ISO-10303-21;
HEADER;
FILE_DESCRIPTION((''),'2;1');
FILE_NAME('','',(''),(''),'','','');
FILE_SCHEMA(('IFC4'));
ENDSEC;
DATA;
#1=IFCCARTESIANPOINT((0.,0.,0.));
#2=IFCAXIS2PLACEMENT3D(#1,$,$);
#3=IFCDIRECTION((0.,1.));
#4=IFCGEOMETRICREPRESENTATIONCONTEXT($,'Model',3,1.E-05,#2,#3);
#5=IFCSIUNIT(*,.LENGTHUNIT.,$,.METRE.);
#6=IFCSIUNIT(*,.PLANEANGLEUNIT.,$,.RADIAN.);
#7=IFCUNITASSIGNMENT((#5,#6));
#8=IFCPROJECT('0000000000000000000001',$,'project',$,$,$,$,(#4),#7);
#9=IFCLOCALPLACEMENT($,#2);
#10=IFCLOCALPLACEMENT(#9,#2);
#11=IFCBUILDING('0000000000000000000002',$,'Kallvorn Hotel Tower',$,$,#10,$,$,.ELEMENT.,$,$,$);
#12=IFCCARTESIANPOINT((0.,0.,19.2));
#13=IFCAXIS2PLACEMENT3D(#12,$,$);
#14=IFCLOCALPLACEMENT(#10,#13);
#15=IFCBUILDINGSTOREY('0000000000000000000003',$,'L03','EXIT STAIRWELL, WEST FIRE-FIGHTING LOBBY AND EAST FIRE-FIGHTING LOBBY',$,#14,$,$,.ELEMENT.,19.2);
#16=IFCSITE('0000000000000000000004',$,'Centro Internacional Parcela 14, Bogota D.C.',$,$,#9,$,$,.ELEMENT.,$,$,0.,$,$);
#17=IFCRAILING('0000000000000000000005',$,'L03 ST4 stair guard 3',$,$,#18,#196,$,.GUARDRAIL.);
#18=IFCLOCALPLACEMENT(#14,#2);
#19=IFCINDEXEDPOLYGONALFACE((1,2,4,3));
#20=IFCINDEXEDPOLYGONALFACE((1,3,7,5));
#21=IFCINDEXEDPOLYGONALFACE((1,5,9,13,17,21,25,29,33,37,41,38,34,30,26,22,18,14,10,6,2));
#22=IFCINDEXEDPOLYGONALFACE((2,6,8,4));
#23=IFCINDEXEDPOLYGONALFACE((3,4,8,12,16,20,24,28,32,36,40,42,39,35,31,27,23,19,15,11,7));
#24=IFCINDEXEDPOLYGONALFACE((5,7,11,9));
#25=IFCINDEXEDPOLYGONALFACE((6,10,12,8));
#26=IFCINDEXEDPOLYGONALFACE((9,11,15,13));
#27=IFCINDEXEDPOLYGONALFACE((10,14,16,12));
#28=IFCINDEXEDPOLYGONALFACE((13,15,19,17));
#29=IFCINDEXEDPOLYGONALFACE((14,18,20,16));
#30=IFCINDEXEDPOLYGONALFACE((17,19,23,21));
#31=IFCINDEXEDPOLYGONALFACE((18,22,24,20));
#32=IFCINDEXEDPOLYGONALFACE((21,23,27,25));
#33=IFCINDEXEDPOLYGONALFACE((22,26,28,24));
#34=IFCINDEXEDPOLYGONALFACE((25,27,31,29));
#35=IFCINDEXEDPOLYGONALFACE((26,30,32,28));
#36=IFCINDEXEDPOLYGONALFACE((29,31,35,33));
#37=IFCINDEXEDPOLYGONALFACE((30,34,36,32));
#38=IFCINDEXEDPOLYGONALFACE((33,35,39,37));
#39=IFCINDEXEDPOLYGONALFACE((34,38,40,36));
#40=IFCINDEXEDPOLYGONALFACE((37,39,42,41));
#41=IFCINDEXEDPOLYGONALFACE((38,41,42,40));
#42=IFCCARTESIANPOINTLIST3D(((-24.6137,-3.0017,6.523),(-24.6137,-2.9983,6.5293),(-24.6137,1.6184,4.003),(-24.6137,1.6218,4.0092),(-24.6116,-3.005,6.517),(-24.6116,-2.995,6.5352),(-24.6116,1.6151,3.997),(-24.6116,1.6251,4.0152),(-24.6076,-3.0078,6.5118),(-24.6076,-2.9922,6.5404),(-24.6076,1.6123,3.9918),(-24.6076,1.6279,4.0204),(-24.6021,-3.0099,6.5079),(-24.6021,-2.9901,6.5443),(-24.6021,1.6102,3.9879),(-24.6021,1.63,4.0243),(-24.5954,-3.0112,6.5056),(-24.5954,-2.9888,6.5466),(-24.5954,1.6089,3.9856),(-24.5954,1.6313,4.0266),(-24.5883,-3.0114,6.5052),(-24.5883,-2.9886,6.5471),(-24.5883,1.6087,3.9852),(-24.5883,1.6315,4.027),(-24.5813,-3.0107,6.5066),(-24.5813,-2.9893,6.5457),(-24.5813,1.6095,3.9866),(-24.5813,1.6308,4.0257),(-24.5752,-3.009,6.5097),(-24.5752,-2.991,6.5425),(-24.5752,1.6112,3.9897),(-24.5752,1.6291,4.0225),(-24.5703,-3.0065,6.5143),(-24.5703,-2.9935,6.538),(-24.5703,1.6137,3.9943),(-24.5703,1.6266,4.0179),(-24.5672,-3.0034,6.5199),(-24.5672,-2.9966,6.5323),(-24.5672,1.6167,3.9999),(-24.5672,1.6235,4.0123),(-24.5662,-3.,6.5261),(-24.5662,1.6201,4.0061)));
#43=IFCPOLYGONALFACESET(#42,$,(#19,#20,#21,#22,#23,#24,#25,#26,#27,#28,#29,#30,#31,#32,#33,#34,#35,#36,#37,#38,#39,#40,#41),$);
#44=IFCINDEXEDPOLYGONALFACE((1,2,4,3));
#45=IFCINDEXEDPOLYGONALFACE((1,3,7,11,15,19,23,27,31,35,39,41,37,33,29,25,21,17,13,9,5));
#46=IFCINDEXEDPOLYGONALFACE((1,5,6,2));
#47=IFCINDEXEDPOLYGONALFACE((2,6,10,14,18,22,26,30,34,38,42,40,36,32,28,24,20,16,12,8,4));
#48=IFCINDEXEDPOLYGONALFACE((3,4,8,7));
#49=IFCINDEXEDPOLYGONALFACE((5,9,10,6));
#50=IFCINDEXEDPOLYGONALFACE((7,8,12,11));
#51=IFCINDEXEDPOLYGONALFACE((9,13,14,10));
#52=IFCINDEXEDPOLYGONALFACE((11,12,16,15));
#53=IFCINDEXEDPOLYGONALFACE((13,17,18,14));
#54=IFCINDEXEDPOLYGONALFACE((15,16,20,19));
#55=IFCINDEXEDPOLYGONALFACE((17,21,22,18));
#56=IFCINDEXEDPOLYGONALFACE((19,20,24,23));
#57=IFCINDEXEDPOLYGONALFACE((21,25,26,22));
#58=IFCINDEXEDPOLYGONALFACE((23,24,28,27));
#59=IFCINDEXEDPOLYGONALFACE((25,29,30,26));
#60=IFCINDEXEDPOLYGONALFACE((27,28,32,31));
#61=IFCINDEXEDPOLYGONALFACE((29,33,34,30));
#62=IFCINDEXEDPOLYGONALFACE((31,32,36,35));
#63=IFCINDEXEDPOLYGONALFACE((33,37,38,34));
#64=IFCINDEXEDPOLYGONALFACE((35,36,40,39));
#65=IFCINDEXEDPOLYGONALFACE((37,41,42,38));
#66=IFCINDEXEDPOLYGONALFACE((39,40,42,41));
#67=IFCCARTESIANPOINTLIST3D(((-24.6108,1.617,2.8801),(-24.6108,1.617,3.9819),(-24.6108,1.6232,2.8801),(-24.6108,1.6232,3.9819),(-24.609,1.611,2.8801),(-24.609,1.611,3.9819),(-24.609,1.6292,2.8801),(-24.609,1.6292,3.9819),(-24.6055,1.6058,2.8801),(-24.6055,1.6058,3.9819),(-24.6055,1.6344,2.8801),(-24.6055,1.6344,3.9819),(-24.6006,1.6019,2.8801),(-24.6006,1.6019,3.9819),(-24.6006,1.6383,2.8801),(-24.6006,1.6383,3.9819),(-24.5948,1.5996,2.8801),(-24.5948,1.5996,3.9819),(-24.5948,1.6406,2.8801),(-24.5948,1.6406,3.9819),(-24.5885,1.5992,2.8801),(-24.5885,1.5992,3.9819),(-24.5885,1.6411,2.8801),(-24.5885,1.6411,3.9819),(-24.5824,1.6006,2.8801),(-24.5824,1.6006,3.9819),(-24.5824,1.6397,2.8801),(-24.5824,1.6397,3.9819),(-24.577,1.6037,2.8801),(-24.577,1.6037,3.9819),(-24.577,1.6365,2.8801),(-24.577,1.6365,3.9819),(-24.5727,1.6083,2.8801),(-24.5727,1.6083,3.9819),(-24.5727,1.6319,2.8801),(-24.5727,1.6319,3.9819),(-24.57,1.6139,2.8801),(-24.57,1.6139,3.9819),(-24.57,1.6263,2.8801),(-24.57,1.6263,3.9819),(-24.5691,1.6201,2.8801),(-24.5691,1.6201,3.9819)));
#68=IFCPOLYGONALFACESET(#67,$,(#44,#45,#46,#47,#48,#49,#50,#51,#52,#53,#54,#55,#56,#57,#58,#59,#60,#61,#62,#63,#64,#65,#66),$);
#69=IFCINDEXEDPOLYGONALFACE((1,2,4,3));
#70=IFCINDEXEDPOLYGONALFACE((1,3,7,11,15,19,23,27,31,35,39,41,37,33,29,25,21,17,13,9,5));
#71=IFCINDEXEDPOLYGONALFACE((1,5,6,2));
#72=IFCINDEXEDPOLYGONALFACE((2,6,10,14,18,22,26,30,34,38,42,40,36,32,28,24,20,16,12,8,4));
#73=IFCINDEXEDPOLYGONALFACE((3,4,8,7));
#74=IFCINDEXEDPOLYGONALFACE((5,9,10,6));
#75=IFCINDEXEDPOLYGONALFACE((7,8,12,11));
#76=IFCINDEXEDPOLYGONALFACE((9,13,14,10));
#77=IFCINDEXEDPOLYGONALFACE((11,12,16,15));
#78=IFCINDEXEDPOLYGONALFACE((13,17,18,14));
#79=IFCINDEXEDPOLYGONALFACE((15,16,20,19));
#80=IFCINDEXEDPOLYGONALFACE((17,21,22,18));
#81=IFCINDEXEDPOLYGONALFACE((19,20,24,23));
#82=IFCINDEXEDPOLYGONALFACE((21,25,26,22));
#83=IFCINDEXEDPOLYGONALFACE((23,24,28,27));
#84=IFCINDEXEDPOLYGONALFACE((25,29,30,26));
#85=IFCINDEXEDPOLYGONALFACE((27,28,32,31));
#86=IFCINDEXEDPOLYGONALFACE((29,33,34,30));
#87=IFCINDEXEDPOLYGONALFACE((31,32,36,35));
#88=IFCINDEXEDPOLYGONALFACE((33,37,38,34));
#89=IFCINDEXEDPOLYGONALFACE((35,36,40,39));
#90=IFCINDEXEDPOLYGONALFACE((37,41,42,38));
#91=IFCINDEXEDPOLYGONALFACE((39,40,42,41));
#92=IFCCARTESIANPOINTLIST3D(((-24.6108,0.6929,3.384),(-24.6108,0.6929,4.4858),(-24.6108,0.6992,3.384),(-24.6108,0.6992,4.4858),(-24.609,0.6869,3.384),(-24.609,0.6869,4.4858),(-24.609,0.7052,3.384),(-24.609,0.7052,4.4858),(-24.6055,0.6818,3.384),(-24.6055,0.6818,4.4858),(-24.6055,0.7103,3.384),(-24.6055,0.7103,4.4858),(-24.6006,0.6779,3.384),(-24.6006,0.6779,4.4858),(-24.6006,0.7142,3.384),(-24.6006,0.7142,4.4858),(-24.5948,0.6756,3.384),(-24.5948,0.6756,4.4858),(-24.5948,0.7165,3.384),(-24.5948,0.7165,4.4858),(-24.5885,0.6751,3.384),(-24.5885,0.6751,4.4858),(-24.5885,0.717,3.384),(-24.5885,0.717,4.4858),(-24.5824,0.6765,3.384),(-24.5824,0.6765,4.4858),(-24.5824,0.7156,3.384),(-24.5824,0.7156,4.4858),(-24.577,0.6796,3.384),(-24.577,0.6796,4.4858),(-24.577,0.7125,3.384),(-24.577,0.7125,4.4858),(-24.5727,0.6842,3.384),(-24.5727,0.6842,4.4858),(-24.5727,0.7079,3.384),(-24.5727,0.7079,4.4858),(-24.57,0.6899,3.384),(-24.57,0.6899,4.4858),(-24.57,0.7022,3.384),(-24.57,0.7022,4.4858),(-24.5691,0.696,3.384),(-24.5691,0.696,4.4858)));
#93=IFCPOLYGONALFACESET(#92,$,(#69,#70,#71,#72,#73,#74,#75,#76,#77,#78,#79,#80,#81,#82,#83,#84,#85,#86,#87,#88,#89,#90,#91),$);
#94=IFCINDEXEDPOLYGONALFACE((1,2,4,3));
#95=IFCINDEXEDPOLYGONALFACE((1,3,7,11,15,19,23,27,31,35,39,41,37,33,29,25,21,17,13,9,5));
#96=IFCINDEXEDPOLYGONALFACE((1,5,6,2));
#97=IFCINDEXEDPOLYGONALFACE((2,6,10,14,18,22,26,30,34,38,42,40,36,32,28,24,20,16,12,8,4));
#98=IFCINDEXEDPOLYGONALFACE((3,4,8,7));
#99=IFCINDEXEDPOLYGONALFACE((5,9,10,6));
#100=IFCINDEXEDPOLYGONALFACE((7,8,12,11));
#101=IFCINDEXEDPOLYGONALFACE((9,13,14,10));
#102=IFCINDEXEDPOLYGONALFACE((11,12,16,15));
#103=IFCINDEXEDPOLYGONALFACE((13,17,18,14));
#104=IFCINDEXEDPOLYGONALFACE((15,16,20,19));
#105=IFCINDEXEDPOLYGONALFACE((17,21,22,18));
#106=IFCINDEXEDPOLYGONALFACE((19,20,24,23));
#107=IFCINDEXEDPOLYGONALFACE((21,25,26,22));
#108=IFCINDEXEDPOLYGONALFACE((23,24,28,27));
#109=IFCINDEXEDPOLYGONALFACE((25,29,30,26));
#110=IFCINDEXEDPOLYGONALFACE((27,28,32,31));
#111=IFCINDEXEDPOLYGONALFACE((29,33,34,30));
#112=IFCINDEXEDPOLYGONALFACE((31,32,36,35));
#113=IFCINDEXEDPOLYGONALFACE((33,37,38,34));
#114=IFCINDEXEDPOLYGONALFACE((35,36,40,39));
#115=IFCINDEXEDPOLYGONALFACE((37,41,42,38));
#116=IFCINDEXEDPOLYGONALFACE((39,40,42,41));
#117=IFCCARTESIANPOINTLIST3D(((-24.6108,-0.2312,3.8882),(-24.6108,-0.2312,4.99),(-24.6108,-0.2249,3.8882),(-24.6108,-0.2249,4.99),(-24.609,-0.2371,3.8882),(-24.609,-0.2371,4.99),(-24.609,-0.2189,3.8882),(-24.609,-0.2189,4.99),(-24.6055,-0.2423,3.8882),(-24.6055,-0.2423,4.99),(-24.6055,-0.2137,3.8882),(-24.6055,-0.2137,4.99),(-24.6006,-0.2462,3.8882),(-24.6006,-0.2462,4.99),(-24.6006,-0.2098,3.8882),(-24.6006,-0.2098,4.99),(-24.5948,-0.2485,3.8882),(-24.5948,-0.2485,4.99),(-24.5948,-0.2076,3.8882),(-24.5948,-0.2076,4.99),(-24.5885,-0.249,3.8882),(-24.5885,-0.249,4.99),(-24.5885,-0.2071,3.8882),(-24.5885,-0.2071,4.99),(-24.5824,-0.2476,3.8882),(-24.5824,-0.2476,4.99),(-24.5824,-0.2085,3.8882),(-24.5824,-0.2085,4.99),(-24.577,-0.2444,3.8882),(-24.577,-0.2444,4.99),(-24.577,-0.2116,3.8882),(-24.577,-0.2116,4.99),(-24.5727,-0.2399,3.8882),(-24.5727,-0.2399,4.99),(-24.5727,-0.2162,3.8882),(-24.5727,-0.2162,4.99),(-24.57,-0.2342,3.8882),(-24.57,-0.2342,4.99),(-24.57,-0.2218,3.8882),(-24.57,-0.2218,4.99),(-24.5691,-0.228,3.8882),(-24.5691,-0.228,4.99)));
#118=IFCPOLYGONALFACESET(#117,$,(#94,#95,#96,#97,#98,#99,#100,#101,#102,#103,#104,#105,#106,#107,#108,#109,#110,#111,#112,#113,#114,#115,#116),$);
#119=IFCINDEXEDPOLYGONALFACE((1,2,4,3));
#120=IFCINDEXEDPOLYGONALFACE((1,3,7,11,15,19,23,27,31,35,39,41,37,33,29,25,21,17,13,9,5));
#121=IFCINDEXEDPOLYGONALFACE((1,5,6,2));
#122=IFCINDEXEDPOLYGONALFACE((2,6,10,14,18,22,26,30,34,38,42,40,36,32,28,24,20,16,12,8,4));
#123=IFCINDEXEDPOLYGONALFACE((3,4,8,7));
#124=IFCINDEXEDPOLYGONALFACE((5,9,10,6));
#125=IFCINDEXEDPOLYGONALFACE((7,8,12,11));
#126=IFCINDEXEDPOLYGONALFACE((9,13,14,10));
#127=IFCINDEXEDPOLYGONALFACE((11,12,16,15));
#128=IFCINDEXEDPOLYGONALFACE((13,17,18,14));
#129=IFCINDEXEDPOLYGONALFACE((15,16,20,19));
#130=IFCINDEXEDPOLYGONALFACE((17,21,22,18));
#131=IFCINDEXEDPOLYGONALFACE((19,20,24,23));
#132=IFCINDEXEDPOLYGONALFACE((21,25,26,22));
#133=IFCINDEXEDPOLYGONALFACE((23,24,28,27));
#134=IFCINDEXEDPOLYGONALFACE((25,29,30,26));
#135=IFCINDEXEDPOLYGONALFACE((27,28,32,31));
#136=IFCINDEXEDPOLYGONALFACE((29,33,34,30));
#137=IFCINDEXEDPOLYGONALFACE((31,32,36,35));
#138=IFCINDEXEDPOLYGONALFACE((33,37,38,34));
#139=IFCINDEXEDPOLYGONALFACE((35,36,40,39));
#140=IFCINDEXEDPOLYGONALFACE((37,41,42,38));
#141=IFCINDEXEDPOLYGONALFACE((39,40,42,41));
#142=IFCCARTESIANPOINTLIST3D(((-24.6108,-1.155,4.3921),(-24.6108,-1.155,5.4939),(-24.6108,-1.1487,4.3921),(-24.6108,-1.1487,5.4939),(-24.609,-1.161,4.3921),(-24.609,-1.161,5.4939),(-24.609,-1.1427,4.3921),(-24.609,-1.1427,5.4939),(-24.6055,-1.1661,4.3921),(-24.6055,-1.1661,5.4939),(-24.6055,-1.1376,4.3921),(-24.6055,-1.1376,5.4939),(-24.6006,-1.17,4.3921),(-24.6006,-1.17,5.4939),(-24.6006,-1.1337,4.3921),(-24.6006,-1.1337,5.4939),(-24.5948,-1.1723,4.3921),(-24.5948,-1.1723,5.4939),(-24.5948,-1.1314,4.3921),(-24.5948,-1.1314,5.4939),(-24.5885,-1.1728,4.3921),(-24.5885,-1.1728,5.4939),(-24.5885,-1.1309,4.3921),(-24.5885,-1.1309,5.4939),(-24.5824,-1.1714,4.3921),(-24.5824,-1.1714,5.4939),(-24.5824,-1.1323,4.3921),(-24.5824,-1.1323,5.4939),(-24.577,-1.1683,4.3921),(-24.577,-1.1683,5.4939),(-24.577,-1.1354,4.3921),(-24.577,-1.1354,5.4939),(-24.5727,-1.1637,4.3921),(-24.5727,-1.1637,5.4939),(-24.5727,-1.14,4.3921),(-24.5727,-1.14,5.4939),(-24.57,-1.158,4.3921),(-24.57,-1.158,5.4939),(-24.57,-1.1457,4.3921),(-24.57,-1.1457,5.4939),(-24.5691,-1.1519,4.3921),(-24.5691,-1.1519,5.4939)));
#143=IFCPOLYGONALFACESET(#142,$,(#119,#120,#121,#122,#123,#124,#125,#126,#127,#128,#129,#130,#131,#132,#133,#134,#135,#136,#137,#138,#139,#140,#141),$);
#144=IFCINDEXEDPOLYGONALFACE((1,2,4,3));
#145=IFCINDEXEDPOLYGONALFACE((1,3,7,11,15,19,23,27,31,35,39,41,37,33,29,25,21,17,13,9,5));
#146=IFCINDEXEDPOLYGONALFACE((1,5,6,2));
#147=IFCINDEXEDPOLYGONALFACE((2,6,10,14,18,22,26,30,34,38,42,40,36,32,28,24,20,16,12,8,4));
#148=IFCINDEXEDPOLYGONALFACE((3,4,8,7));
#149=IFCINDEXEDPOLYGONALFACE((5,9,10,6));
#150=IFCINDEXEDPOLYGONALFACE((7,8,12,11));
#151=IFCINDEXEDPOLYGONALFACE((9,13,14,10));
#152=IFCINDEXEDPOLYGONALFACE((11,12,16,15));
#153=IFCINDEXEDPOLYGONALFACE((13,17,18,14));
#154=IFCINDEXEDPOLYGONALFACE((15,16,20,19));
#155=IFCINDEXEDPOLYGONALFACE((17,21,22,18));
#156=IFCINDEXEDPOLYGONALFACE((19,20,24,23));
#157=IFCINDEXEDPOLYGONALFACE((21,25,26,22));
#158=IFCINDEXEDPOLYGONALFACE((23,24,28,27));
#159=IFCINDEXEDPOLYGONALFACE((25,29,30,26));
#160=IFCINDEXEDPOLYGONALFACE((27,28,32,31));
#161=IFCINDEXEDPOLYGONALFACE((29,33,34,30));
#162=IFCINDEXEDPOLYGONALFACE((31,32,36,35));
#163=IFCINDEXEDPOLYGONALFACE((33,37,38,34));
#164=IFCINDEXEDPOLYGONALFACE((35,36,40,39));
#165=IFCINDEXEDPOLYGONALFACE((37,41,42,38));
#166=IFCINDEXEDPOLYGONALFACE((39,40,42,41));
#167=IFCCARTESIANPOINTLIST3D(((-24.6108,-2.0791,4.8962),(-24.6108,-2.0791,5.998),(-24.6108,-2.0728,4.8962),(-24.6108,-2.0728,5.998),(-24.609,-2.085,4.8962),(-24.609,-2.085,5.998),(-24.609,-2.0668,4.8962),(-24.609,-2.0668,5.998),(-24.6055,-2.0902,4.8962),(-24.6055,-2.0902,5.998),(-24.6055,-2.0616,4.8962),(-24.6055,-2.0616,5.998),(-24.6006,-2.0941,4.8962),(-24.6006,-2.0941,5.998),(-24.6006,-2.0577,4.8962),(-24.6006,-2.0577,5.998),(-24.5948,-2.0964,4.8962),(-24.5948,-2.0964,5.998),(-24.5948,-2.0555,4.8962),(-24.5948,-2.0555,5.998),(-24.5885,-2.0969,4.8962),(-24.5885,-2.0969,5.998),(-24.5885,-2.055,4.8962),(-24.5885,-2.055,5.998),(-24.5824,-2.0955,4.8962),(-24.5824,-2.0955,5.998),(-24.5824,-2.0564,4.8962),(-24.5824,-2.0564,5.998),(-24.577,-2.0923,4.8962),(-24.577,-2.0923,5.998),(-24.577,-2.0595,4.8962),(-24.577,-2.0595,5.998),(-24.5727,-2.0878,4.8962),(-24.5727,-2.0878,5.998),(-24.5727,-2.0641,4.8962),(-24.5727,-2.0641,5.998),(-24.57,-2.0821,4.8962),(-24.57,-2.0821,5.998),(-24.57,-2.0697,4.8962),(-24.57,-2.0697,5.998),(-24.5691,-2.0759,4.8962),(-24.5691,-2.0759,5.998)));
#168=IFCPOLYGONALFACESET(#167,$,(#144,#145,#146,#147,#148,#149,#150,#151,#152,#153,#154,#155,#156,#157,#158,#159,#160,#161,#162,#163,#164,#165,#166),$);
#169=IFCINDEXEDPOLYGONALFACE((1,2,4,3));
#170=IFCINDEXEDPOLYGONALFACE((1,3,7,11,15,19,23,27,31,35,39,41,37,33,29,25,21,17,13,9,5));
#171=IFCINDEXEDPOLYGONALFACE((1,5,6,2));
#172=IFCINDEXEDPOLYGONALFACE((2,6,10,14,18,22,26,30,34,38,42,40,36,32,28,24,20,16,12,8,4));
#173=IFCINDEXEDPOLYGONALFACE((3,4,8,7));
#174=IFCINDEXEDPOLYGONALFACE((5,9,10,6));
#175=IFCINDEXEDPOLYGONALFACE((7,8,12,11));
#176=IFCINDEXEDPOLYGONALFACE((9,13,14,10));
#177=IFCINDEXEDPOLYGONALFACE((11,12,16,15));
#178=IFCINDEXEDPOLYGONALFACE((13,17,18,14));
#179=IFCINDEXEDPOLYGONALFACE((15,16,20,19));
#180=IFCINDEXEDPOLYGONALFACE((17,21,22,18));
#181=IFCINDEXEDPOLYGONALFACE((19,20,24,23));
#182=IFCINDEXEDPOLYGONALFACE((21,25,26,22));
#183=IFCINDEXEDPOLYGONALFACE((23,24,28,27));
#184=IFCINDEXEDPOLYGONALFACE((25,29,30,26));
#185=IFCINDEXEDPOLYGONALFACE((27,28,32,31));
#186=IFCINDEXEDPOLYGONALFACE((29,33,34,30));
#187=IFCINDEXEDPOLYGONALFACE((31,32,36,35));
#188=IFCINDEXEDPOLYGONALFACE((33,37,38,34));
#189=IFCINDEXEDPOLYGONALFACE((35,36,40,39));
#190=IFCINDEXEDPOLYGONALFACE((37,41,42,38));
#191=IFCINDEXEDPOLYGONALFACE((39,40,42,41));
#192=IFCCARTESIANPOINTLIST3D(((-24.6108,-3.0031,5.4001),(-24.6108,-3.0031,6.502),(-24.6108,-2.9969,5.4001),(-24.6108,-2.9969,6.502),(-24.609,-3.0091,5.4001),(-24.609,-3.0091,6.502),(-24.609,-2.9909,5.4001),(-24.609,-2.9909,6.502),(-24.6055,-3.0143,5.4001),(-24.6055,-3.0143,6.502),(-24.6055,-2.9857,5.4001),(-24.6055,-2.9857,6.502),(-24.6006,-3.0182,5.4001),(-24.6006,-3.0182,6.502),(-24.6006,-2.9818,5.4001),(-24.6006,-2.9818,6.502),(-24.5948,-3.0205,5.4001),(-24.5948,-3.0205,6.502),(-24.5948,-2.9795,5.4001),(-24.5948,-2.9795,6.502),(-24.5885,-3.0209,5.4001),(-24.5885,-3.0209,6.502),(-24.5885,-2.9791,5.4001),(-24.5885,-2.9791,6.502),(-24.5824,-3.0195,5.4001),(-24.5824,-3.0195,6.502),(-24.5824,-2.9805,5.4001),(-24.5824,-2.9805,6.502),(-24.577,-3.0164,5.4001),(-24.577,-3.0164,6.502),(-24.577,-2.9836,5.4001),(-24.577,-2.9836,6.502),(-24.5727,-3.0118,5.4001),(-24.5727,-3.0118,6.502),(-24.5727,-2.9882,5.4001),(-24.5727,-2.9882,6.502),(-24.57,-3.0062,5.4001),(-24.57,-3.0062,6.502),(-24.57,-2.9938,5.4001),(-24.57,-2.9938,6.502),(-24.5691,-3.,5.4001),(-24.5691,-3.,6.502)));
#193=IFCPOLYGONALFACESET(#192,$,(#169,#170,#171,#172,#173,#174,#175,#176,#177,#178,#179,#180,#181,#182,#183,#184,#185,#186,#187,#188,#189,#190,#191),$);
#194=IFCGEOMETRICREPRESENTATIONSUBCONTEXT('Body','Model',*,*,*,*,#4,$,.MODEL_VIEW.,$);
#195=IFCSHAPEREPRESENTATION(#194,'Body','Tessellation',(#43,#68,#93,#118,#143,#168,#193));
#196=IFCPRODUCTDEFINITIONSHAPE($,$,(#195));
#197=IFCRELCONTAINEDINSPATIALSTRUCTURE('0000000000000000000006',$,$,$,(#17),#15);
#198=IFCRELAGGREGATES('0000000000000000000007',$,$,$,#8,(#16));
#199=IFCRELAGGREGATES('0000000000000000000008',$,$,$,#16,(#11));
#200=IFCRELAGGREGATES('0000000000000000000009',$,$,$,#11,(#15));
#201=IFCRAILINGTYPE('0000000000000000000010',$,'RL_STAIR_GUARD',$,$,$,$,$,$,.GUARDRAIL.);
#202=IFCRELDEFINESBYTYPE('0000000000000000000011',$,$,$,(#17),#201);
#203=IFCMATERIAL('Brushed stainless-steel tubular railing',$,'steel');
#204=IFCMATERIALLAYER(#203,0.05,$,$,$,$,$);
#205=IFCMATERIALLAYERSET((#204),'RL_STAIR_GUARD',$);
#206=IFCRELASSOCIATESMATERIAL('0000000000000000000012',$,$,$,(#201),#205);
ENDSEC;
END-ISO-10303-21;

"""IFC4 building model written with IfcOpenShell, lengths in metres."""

from ifc_helpers import new_model, si_unit, direction, frame, origin, origin_2d, place, context, subcontext, project, spatial, circle, extrude, material, layer, layer_set, type_object, element, save


model = new_model("IFC4")

# Units and contexts
model_context = context("Model", 3, precision=1e-05, world=origin(), true_north=direction((0.0, 1.0)))
body_context = subcontext(model_context, "Body", "Model", "MODEL_VIEW")
ifc_project = project(units=[si_unit("LENGTHUNIT", "METRE"), si_unit("PLANEANGLEUNIT", "RADIAN")], contexts=[model_context])

# Site, building, storey
site_placement = place(None, origin())
site = spatial("IfcSite", under=ifc_project, at=site_placement, Name="Centro Internacional Parcela 14, Bogota D.C.", CompositionType="ELEMENT", RefElevation=0.0)
building_placement = place(site_placement, origin())
building = spatial("IfcBuilding", under=site, at=building_placement, Name="Kallvorn Hotel Tower", CompositionType="ELEMENT")
storey_placement = place(building_placement, frame((0.0, 0.0, 19.2)))
storey = spatial("IfcBuildingStorey", under=building, at=storey_placement, Name="L03", Description="EXIT STAIRWELL, WEST FIRE-FIGHTING LOBBY AND EAST FIRE-FIGHTING LOBBY", CompositionType="ELEMENT", Elevation=19.2)

# Railing
ifc_material_1 = material(Name="Brushed stainless-steel tubular railing", Category="steel")
ifc_layer_1 = layer(ifc_material_1, 0.05)
ifc_layer_set_1 = layer_set([ifc_layer_1], Name="RL_STAIR_GUARD")
railing_type_1 = type_object("IfcRailingType", Name="RL_STAIR_GUARD", PredefinedType="GUARDRAIL", material=ifc_layer_set_1)
railing_1_placement = place(storey_placement, frame((-24.5901, 1.6201, 2.8801)))
element("IfcRailing", 1, at=railing_1_placement, inside=storey, type_object=railing_type_1, Name="L03 ST4 stair guard 3", PredefinedType="GUARDRAIL", context=body_context, shape_type="SweptSolid", body=[
    extrude(circle(Radius=0.0239, at=origin_2d()), frame((0.0, 0.0, 1.126), z_axis=(0.0, -0.877899, 0.478846), x_axis=(1.0, 0.0, 0.0)), (0.0, 0.0, 1.0), 5.2627),
    extrude(circle(Radius=0.021, at=origin_2d()), origin(), (0.0, 0.0, 1.0), 1.1018),
    extrude(circle(Radius=0.021, at=origin_2d()), frame((0.0, -0.9241, 0.5039)), (0.0, 0.0, 1.0), 1.1018),
    extrude(circle(Radius=0.021, at=origin_2d()), frame((0.0, -1.8481, 1.0081)), (0.0, 0.0, 1.0), 1.1018),
    extrude(circle(Radius=0.021, at=origin_2d()), frame((0.0, -2.772, 1.512)), (0.0, 0.0, 1.0), 1.1018),
    extrude(circle(Radius=0.021, at=origin_2d()), frame((0.0, -3.696, 2.0161)), (0.0, 0.0, 1.0), 1.1018),
    extrude(circle(Radius=0.021, at=origin_2d()), frame((0.0, -4.6201, 2.52)), (0.0, 0.0, 1.0), 1.1018),
])

save(model, "model.ifc")
